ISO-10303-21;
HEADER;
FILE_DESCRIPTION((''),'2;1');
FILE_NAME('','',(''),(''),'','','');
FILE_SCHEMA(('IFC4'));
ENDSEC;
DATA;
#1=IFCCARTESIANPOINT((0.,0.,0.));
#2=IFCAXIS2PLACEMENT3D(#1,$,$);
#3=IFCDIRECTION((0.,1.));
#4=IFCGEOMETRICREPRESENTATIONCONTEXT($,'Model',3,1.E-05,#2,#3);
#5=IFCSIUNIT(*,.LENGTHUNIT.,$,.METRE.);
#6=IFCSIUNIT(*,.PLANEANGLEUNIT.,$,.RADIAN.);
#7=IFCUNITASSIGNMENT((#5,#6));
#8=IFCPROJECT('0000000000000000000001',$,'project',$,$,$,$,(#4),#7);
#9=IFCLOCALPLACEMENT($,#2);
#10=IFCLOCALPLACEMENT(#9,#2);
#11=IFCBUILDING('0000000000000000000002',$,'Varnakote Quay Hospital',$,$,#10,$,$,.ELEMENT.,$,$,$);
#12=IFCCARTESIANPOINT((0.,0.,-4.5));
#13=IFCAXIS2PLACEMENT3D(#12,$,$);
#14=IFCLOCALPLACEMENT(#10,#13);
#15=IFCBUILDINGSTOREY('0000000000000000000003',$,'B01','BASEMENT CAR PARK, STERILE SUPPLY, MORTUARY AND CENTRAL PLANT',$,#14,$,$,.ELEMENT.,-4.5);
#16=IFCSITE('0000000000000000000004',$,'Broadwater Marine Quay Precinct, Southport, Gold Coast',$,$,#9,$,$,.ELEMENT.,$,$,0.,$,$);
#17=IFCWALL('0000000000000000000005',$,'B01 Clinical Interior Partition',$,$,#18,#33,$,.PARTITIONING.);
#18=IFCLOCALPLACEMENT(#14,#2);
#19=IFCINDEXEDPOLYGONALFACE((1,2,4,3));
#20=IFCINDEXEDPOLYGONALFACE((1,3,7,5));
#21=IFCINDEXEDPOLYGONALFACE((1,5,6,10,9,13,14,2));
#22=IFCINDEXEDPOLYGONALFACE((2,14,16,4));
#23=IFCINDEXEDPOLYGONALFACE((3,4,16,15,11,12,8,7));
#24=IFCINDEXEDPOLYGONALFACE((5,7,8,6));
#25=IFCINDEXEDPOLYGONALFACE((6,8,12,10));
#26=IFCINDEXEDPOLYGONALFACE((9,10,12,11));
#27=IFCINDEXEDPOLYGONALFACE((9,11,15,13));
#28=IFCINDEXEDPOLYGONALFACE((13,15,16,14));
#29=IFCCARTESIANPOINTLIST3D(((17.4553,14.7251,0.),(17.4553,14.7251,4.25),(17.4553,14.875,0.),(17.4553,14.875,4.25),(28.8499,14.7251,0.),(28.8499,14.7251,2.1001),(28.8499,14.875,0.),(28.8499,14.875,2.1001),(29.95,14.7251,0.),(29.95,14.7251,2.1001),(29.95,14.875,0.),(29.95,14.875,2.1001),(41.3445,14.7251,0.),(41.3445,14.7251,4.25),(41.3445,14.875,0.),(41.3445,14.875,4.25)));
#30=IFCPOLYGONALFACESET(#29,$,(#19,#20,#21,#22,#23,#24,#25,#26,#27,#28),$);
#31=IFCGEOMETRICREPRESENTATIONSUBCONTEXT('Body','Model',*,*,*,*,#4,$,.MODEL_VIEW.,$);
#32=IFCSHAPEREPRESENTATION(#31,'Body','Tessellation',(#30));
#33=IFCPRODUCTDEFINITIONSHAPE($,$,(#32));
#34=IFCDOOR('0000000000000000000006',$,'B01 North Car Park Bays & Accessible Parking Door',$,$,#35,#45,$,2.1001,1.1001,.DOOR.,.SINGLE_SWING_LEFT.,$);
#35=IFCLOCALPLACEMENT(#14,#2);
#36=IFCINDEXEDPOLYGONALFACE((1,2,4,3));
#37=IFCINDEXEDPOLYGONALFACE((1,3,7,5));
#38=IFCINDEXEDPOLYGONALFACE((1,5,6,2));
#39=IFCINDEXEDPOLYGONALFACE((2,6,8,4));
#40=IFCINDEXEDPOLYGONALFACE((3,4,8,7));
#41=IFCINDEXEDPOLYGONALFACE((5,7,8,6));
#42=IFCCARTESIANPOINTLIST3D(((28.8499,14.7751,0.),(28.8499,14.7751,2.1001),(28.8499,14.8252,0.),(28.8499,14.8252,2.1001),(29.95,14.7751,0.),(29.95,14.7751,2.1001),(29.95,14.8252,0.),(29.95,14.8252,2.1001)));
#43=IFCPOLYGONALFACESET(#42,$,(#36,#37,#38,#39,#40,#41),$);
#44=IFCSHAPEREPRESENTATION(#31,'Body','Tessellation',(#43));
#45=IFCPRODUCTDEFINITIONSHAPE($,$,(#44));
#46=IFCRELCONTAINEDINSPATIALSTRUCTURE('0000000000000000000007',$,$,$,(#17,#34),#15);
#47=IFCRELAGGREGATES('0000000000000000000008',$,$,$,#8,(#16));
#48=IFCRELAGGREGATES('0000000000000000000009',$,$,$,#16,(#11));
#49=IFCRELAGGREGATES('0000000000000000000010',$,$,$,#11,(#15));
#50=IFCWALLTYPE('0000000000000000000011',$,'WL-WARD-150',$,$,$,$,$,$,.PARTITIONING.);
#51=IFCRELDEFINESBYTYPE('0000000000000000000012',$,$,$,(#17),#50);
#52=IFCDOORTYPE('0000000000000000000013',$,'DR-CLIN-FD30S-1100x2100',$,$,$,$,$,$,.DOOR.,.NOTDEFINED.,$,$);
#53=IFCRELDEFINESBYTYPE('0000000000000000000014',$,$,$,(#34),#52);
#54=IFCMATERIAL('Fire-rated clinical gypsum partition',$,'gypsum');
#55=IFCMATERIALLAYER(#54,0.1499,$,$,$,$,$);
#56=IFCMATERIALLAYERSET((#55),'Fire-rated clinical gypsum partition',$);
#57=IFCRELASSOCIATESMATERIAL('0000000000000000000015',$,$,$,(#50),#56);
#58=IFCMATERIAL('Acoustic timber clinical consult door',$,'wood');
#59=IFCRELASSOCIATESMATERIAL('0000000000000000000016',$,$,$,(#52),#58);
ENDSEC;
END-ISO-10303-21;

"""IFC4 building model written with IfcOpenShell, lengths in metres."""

from ifc_helpers import new_model, si_unit, direction, frame, frame_2d, origin, place, context, subcontext, project, spatial, rectangle, extrude, material, layer, layer_set, type_object, element, fill, save


model = new_model("IFC4")

# Units and contexts
model_context = context("Model", 3, precision=1e-05, world=origin(), true_north=direction((0.0, 1.0)))
body_context = subcontext(model_context, "Body", "Model", "MODEL_VIEW")
ifc_project = project(units=[si_unit("LENGTHUNIT", "METRE"), si_unit("PLANEANGLEUNIT", "RADIAN")], contexts=[model_context])

# Site, building, storey
site_placement = place(None, origin())
site = spatial("IfcSite", under=ifc_project, at=site_placement, Name="Broadwater Marine Quay Precinct, Southport, Gold Coast", CompositionType="ELEMENT", RefElevation=0.0)
building_placement = place(site_placement, origin())
building = spatial("IfcBuilding", under=site, at=building_placement, Name="Varnakote Quay Hospital", CompositionType="ELEMENT")
storey_placement = place(building_placement, frame((0.0, 0.0, -4.5)))
storey = spatial("IfcBuildingStorey", under=building, at=storey_placement, Name="B01", Description="BASEMENT CAR PARK, STERILE SUPPLY, MORTUARY AND CENTRAL PLANT", CompositionType="ELEMENT", Elevation=-4.5)

# Wall, opening, door
ifc_material_1 = material(Name="Fire-rated clinical gypsum partition", Category="gypsum")
ifc_layer_1 = layer(ifc_material_1, 0.1499)
ifc_layer_set_1 = layer_set([ifc_layer_1], Name="Fire-rated clinical gypsum partition")
wall_type_1 = type_object("IfcWallType", Name="WL-WARD-150", PredefinedType="PARTITIONING", material=ifc_layer_set_1)
wall_1_placement = place(storey_placement, frame((41.3445, 14.8, 0.0), z_axis=(0.0, 0.0, 1.0), x_axis=(-1.0, 0.0, 0.0)))
wall_1 = element("IfcWall", 1, at=wall_1_placement, inside=storey, type_object=wall_type_1, Name="B01 Clinical Interior Partition", PredefinedType="PARTITIONING", context=body_context, shape_type="SweptSolid", body=[
    extrude(rectangle(XDim=23.8892, YDim=0.1499, at=frame_2d((11.9446, 0.0))), origin(), (0.0, 0.0, 1.0), 4.25),
])
opening_1_placement = place(wall_1_placement, frame((11.3945, 0.0, 0.0)))
opening_1 = element("IfcOpeningElement", 2, at=opening_1_placement, cuts=wall_1, PredefinedType="OPENING", context=body_context, shape_type="SweptSolid", body=[
    extrude(rectangle(XDim=1.1001, YDim=2.1001, at=frame_2d((0.55, 1.05))), frame((0.0, 0.085, 0.0), z_axis=(0.0, -1.0, 0.0), x_axis=(1.0, 0.0, 0.0)), (0.0, 0.0, 1.0), 0.1699),
])
ifc_material_2 = material(Name="Acoustic timber clinical consult door", Category="wood")
door_type_1 = type_object("IfcDoorType", Name="DR-CLIN-FD30S-1100x2100", OperationType="NOTDEFINED", PredefinedType="DOOR", material=ifc_material_2)
door_1_placement = place(opening_1_placement, origin())
door_1 = element("IfcDoor", 3, at=door_1_placement, inside=storey, type_object=door_type_1, Name="B01 North Car Park Bays & Accessible Parking Door", OperationType="SINGLE_SWING_LEFT", OverallHeight=2.1001, OverallWidth=1.1001, PredefinedType="DOOR", context=body_context, shape_type="SweptSolid", body=[
    extrude(rectangle(XDim=1.1001, YDim=2.1001, at=frame_2d((0.55, 1.05))), frame((0.0, 0.0249, 0.0), z_axis=(0.0, -1.0, 0.0), x_axis=(1.0, 0.0, 0.0)), (0.0, 0.0, 1.0), 0.05),
])
fill(opening_1, door_1)

save(model, "model.ifc")
